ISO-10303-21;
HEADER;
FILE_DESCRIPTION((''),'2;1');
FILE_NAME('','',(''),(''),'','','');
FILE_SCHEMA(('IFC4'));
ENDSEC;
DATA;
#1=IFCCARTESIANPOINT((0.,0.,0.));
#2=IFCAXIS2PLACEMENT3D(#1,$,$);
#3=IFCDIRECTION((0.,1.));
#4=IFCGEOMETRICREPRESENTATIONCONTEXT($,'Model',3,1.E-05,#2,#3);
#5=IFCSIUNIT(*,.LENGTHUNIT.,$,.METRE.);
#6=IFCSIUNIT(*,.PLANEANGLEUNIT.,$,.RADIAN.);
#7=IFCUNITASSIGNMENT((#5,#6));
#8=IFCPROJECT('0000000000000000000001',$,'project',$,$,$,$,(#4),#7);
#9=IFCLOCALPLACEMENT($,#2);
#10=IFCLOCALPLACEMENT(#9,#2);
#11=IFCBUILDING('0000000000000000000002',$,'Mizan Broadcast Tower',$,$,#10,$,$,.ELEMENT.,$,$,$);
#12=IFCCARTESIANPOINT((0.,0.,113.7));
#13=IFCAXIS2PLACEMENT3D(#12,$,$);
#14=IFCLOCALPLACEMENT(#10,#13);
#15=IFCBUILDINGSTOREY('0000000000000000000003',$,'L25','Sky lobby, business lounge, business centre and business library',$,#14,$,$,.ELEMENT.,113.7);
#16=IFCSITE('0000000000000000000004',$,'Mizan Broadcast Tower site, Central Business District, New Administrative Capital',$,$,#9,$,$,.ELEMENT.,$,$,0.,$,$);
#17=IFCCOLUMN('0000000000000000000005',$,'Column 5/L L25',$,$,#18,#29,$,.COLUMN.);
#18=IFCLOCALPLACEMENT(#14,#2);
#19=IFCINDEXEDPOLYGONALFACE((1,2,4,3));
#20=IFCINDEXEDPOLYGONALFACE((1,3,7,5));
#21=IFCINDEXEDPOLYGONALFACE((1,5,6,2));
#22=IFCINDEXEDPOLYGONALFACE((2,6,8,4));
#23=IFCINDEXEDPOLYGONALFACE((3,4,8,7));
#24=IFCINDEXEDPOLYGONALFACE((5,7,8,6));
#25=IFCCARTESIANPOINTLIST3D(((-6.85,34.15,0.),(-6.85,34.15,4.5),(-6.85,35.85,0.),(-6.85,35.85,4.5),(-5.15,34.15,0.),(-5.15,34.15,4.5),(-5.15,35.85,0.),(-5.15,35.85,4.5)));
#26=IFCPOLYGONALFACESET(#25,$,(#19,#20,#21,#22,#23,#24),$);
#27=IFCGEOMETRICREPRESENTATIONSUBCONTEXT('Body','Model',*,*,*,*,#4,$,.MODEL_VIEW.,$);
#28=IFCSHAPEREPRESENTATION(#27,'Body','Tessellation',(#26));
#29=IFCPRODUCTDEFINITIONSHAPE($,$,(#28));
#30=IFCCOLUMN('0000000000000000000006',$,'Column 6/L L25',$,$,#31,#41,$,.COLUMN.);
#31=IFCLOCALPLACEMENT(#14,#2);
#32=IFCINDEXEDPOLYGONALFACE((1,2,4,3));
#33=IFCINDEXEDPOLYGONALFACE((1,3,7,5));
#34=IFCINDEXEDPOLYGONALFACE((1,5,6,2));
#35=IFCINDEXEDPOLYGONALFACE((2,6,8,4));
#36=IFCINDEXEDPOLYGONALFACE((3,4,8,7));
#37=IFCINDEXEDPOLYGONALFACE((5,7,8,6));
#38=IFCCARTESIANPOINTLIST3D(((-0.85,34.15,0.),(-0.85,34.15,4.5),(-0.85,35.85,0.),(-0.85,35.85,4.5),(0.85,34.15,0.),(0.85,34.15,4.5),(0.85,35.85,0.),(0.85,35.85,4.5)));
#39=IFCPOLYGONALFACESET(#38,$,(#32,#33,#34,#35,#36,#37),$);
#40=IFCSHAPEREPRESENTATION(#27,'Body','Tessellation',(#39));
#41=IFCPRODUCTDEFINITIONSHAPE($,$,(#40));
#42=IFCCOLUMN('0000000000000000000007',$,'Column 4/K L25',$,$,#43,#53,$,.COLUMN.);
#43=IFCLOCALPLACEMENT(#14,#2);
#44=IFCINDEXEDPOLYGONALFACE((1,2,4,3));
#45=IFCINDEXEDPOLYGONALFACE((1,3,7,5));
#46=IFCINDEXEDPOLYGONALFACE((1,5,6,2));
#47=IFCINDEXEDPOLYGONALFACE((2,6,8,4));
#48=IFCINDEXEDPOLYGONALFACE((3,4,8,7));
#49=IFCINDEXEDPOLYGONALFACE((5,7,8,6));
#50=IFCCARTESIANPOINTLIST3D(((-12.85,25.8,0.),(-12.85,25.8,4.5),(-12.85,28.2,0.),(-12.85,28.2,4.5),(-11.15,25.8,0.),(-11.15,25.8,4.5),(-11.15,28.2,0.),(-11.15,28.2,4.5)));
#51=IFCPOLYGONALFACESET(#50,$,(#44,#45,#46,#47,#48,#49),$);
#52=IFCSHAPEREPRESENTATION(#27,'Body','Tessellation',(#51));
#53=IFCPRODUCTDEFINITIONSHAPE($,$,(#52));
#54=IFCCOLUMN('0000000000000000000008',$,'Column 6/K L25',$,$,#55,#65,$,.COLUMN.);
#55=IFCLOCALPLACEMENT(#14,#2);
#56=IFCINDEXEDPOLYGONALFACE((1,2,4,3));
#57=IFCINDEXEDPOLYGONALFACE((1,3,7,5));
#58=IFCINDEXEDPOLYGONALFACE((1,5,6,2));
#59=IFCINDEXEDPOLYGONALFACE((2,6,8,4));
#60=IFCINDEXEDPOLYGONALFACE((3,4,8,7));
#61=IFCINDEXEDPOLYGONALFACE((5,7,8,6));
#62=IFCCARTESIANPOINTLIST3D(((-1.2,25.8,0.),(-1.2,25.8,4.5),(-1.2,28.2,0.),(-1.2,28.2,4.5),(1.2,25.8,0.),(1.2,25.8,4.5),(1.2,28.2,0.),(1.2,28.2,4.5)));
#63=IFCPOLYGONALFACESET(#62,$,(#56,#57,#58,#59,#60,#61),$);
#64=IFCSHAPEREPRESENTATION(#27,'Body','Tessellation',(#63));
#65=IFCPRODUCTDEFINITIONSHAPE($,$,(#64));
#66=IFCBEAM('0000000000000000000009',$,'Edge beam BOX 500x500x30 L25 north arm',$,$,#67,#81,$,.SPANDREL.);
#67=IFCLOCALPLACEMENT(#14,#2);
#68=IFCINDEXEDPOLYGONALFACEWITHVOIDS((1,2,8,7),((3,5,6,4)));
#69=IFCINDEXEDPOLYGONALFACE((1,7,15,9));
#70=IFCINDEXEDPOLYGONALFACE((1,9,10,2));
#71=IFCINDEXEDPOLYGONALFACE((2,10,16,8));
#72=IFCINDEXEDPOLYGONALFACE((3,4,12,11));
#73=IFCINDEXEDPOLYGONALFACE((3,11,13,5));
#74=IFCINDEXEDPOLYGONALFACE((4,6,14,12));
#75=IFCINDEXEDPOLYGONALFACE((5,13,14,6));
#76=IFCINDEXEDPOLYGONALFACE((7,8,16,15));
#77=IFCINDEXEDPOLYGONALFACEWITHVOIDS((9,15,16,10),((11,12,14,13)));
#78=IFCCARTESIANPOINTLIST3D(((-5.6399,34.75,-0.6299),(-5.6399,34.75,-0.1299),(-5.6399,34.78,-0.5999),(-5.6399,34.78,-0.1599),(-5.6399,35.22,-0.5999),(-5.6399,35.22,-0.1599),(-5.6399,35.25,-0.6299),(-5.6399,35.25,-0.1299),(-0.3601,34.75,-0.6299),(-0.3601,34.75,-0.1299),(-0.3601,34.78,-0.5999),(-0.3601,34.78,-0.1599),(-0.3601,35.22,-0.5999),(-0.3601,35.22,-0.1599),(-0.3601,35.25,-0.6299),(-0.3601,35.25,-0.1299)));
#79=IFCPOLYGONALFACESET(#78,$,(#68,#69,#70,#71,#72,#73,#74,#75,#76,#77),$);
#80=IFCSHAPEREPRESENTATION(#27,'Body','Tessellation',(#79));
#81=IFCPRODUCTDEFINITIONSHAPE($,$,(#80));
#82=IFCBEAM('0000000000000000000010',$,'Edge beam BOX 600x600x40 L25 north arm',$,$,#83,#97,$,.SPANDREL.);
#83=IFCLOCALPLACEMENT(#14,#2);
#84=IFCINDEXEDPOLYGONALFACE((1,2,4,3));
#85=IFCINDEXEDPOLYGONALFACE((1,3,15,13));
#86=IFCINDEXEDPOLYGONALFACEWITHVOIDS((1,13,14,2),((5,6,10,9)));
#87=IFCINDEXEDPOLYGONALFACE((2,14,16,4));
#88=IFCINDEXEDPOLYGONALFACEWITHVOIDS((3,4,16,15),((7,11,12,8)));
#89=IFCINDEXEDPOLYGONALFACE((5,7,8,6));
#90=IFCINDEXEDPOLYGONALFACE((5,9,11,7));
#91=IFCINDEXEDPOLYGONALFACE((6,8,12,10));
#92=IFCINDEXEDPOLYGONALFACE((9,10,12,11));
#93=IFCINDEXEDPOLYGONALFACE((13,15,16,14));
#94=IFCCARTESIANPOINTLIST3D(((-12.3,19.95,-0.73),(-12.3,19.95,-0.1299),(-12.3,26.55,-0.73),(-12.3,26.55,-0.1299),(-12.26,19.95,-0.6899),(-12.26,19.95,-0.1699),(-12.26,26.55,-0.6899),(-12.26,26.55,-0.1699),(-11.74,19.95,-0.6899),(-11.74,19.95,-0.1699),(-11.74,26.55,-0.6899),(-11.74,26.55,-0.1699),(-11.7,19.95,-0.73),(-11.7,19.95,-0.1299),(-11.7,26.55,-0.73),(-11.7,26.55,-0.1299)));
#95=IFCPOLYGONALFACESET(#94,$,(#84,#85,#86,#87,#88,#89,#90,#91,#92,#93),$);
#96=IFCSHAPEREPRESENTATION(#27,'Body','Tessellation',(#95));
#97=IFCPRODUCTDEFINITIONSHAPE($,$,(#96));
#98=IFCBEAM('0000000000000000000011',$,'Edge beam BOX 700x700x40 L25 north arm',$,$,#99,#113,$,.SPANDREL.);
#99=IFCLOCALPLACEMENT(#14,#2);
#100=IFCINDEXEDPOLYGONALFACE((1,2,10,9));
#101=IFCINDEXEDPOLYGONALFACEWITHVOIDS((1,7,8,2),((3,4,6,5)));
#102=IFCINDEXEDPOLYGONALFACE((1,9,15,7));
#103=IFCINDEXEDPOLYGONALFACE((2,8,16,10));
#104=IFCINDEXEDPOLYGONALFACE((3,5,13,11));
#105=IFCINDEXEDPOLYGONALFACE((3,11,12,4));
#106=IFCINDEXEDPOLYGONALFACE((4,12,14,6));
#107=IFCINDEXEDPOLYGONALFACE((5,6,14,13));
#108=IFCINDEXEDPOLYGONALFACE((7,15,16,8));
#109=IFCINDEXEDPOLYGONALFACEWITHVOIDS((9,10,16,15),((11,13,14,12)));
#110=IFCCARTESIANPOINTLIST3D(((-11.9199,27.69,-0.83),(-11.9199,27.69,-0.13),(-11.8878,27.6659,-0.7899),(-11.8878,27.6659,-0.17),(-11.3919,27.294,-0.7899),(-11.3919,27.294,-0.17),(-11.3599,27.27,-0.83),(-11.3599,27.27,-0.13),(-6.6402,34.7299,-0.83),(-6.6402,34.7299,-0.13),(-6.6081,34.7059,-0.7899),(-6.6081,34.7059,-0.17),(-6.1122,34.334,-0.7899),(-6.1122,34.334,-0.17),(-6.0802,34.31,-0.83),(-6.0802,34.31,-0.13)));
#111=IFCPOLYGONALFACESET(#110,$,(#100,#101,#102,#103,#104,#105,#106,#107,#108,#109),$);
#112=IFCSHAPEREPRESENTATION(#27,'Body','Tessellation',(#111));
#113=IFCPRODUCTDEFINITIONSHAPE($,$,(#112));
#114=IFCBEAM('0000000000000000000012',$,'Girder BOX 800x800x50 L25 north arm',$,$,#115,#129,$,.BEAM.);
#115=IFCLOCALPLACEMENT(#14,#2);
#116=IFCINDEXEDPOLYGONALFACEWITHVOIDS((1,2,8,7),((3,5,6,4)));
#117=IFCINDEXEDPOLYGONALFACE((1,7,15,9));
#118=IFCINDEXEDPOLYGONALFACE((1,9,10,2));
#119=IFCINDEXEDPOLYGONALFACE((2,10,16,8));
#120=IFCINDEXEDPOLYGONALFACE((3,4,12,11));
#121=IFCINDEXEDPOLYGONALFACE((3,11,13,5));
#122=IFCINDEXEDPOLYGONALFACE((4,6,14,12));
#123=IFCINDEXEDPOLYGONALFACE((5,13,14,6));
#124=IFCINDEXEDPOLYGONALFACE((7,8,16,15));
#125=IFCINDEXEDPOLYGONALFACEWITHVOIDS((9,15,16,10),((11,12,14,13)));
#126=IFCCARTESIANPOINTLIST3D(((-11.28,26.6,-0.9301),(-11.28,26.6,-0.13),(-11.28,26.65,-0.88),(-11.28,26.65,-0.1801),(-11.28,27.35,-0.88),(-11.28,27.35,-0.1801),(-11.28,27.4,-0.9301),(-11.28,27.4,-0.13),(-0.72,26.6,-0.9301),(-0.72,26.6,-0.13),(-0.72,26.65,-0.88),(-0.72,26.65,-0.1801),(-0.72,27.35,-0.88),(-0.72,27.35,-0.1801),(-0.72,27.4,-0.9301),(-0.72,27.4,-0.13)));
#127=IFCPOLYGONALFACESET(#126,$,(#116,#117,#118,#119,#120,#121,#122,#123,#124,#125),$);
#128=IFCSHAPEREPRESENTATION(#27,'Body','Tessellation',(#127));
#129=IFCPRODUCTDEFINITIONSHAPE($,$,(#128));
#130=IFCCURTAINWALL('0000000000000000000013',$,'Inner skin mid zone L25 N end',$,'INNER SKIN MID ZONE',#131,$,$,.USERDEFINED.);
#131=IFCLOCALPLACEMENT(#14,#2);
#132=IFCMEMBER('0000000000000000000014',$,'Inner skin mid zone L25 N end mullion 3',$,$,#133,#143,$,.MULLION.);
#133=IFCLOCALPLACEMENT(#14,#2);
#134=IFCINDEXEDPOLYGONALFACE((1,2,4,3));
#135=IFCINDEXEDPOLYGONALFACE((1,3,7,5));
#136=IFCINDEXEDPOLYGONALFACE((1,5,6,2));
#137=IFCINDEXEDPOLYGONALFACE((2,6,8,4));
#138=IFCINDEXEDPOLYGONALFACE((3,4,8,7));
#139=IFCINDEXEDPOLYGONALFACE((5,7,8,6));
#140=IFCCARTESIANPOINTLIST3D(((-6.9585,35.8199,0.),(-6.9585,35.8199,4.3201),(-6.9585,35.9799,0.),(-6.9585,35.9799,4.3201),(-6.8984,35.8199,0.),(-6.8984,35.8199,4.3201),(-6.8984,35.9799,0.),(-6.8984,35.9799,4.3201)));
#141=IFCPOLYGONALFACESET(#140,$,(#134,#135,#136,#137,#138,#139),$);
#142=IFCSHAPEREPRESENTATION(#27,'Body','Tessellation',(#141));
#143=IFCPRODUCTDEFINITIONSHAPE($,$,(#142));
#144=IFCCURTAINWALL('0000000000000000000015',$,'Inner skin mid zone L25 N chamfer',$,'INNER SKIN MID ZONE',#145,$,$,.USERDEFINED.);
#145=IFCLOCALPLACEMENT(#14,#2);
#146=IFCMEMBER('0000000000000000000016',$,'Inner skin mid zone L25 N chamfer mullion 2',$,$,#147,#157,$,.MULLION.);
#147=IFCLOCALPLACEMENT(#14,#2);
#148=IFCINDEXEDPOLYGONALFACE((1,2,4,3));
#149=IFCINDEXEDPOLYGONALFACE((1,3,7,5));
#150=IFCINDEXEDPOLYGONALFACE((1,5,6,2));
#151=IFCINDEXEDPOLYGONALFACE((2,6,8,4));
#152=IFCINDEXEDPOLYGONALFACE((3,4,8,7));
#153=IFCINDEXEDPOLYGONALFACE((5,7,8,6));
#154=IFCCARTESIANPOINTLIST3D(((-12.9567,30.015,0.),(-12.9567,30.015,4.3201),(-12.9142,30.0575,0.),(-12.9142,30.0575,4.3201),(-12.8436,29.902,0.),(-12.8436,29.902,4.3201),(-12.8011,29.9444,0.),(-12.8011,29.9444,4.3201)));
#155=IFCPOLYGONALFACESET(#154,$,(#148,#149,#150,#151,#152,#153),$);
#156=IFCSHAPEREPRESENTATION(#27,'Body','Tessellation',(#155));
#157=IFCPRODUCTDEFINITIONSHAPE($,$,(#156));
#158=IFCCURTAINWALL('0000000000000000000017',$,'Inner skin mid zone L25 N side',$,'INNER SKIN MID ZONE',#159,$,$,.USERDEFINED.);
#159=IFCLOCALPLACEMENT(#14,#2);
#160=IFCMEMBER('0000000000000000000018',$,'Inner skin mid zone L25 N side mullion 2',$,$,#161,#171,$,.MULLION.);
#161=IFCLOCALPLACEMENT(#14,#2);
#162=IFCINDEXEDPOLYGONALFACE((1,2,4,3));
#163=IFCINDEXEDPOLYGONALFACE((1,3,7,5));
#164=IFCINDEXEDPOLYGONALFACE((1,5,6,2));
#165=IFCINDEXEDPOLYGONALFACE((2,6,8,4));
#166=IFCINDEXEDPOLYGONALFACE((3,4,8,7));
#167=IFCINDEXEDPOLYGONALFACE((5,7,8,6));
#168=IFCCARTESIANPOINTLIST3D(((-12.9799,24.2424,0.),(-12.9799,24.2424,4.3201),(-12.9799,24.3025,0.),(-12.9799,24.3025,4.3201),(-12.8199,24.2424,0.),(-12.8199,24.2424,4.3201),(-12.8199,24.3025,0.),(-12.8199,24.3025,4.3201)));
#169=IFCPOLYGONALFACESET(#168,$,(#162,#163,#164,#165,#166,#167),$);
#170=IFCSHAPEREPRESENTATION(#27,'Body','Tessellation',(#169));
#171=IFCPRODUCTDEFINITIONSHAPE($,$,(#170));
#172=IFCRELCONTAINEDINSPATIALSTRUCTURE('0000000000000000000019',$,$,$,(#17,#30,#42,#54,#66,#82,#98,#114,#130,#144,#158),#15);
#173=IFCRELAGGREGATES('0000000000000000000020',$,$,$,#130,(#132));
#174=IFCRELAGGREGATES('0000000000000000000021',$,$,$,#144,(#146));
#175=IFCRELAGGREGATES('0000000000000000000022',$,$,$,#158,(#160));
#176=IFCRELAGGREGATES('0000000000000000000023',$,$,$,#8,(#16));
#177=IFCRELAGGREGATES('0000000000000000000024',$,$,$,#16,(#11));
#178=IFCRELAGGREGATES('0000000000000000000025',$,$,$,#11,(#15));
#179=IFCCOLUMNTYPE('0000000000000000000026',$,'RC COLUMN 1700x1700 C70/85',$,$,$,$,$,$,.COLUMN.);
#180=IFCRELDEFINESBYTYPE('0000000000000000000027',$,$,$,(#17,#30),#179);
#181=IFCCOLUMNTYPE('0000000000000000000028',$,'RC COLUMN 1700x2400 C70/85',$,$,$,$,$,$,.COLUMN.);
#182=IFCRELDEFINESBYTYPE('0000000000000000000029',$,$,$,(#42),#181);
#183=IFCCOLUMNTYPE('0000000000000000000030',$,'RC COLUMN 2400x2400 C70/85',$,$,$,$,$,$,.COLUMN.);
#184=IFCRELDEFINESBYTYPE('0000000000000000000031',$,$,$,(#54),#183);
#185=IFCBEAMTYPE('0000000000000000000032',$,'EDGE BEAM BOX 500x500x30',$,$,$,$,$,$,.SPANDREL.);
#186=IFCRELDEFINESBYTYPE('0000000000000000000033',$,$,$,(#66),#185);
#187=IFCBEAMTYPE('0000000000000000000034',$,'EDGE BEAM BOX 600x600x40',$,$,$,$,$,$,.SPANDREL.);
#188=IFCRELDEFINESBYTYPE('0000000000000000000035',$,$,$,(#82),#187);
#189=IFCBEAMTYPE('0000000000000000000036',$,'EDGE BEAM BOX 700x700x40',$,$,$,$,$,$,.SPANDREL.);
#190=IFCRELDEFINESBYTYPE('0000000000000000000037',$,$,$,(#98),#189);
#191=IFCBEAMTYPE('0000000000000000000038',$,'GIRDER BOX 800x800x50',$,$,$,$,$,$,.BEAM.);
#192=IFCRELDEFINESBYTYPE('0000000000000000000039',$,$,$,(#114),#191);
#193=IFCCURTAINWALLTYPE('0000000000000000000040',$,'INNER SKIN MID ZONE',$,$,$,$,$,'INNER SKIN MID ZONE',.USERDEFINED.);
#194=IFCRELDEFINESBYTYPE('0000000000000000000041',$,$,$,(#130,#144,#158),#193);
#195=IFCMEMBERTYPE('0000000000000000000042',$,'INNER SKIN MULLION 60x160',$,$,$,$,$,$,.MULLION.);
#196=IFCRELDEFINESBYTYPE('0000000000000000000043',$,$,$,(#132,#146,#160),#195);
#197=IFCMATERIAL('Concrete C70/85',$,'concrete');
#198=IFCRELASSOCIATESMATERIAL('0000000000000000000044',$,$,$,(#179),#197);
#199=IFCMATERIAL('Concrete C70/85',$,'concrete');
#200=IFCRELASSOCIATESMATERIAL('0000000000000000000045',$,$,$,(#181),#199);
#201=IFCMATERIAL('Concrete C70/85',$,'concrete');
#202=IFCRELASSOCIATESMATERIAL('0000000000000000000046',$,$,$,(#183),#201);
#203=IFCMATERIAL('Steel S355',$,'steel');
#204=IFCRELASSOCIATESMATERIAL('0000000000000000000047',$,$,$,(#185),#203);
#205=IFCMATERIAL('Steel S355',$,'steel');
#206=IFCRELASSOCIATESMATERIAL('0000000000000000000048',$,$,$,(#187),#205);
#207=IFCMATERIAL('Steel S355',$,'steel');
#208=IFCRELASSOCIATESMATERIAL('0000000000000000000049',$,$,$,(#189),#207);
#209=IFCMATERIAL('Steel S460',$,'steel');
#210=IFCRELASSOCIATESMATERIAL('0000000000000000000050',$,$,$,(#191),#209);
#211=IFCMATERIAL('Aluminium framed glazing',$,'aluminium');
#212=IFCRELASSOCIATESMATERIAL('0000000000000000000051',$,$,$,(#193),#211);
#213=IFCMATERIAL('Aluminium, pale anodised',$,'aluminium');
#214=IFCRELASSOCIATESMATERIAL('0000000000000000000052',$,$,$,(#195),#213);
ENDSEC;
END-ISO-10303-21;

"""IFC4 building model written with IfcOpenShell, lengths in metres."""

from ifc_helpers import new_model, si_unit, direction, frame, origin, origin_2d, place, context, subcontext, project, spatial, rectangle, hollow_rectangle, extrude, material, material_profile, profile_set, type_object, element, aggregate, save


model = new_model("IFC4")

# Units and contexts
model_context = context("Model", 3, precision=1e-05, world=origin(), true_north=direction((0.0, 1.0)))
body_context = subcontext(model_context, "Body", "Model", "MODEL_VIEW")
ifc_project = project(units=[si_unit("LENGTHUNIT", "METRE"), si_unit("PLANEANGLEUNIT", "RADIAN")], contexts=[model_context])

# Site, building, storey
site_placement = place(None, origin())
site = spatial("IfcSite", under=ifc_project, at=site_placement, Name="Mizan Broadcast Tower site, Central Business District, New Administrative Capital", CompositionType="ELEMENT", RefElevation=0.0)
building_placement = place(site_placement, origin())
building = spatial("IfcBuilding", under=site, at=building_placement, Name="Mizan Broadcast Tower", CompositionType="ELEMENT")
storey_placement = place(building_placement, frame((0.0, 0.0, 113.7)))
storey = spatial("IfcBuildingStorey", under=building, at=storey_placement, Name="L25", Description="Sky lobby, business lounge, business centre and business library", CompositionType="ELEMENT", Elevation=113.7)

# Columns
ifc_material_1 = material(Name="Concrete C70/85", Category="concrete")
ifc_material_profile_1 = material_profile(ifc_material_1, rectangle(XDim=1.7, YDim=1.7, at=origin_2d()), Name="RC 1700x1700")
ifc_profile_set_1 = profile_set([ifc_material_profile_1], Name="Concrete C70/85")
column_type_1 = type_object("IfcColumnType", Name="RC COLUMN 1700x1700 C70/85", PredefinedType="COLUMN", material=ifc_profile_set_1)
for number, where, z_axis, x_axis, name in (
    (1, (-6.0, 35.0, 0.0), (0.0, 0.0, 1.0), (1.0, 0.0, 0.0), "Column 5/L L25"),
    (2, (0.0, 35.0, 0.0), (0.0, 0.0, 1.0), (1.0, 0.0, 0.0), "Column 6/L L25"),
):
    element("IfcColumn", number, at=place(storey_placement, frame(where, z_axis=z_axis, x_axis=x_axis)), inside=storey, type_object=column_type_1, Name=name, PredefinedType="COLUMN", context=body_context, shape_type="SweptSolid", body=[
        extrude(rectangle(XDim=1.7, YDim=1.7, at=origin_2d()), origin(), (0.0, 0.0, 1.0), 4.5),
    ])
ifc_material_2 = material(Name="Concrete C70/85", Category="concrete")
ifc_material_profile_2 = material_profile(ifc_material_2, rectangle(XDim=1.7, YDim=2.3999, at=origin_2d()), Name="RC 1700x2400")
ifc_profile_set_2 = profile_set([ifc_material_profile_2], Name="Concrete C70/85")
column_type_2 = type_object("IfcColumnType", Name="RC COLUMN 1700x2400 C70/85", PredefinedType="COLUMN", material=ifc_profile_set_2)
column_1_placement = place(storey_placement, frame((-12.0, 27.0, 0.0), z_axis=(0.0, 0.0, 1.0), x_axis=(1.0, 0.0, 0.0)))
element("IfcColumn", 3, at=column_1_placement, inside=storey, type_object=column_type_2, Name="Column 4/K L25", PredefinedType="COLUMN", context=body_context, shape_type="SweptSolid", body=[
    extrude(rectangle(XDim=1.7, YDim=2.3999, at=origin_2d()), origin(), (0.0, 0.0, 1.0), 4.5),
])
ifc_material_3 = material(Name="Concrete C70/85", Category="concrete")
ifc_material_profile_3 = material_profile(ifc_material_3, rectangle(XDim=2.3999, YDim=2.3999, at=origin_2d()), Name="RC 2400x2400")
ifc_profile_set_3 = profile_set([ifc_material_profile_3], Name="Concrete C70/85")
column_type_3 = type_object("IfcColumnType", Name="RC COLUMN 2400x2400 C70/85", PredefinedType="COLUMN", material=ifc_profile_set_3)
column_2_placement = place(storey_placement, frame((0.0, 27.0, 0.0), z_axis=(0.0, 0.0, 1.0), x_axis=(1.0, 0.0, 0.0)))
element("IfcColumn", 4, at=column_2_placement, inside=storey, type_object=column_type_3, Name="Column 6/K L25", PredefinedType="COLUMN", context=body_context, shape_type="SweptSolid", body=[
    extrude(rectangle(XDim=2.3999, YDim=2.3999, at=origin_2d()), origin(), (0.0, 0.0, 1.0), 4.5),
])

# Beams
ifc_material_4 = material(Name="Steel S355", Category="steel")
ifc_material_profile_4 = material_profile(ifc_material_4, hollow_rectangle(XDim=0.5, YDim=0.5, WallThickness=0.03, at=origin_2d()), Name="BOX 500x500x30")
ifc_profile_set_4 = profile_set([ifc_material_profile_4], Name="Steel S355")
beam_type_1 = type_object("IfcBeamType", Name="EDGE BEAM BOX 500x500x30", PredefinedType="SPANDREL", material=ifc_profile_set_4)
beam_1_placement = place(storey_placement, frame((-5.6399, 35.0, -0.3799), z_axis=(1.0, 0.0, 0.0), x_axis=(0.0, 1.0, 0.0)))
element("IfcBeam", 5, at=beam_1_placement, inside=storey, type_object=beam_type_1, Name="Edge beam BOX 500x500x30 L25 north arm", PredefinedType="SPANDREL", context=body_context, shape_type="SweptSolid", body=[
    extrude(hollow_rectangle(XDim=0.5, YDim=0.5, WallThickness=0.03, at=origin_2d()), origin(), (0.0, 0.0, 1.0), 5.2798),
])
ifc_material_5 = material(Name="Steel S355", Category="steel")
ifc_material_profile_5 = material_profile(ifc_material_5, hollow_rectangle(XDim=0.6001, YDim=0.6001, WallThickness=0.04, at=origin_2d()), Name="BOX 600x600x40")
ifc_profile_set_5 = profile_set([ifc_material_profile_5], Name="Steel S355")
beam_type_2 = type_object("IfcBeamType", Name="EDGE BEAM BOX 600x600x40", PredefinedType="SPANDREL", material=ifc_profile_set_5)
beam_2_placement = place(storey_placement, frame((-12.0, 19.95, -0.4299), z_axis=(0.0, 1.0, 0.0), x_axis=(-1.0, 0.0, 0.0)))
element("IfcBeam", 6, at=beam_2_placement, inside=storey, type_object=beam_type_2, Name="Edge beam BOX 600x600x40 L25 north arm", PredefinedType="SPANDREL", context=body_context, shape_type="SweptSolid", body=[
    extrude(hollow_rectangle(XDim=0.6001, YDim=0.6001, WallThickness=0.04, at=origin_2d()), origin(), (0.0, 0.0, 1.0), 6.6001),
])
ifc_material_6 = material(Name="Steel S355", Category="steel")
ifc_material_profile_6 = material_profile(ifc_material_6, hollow_rectangle(XDim=0.7, YDim=0.7, WallThickness=0.04, at=origin_2d()), Name="BOX 700x700x40")
ifc_profile_set_6 = profile_set([ifc_material_profile_6], Name="Steel S355")
beam_type_3 = type_object("IfcBeamType", Name="EDGE BEAM BOX 700x700x40", PredefinedType="SPANDREL", material=ifc_profile_set_6)
beam_3_placement = place(storey_placement, frame((-11.6399, 27.48, -0.48), z_axis=(0.599982, 0.800013, 0.0), x_axis=(-0.800013, 0.599982, 0.0)))
element("IfcBeam", 7, at=beam_3_placement, inside=storey, type_object=beam_type_3, Name="Edge beam BOX 700x700x40 L25 north arm", PredefinedType="SPANDREL", context=body_context, shape_type="SweptSolid", body=[
    extrude(hollow_rectangle(XDim=0.7, YDim=0.7, WallThickness=0.04, at=origin_2d()), origin(), (0.0, 0.0, 1.0), 8.7998),
])
ifc_material_7 = material(Name="Steel S460", Category="steel")
ifc_material_profile_7 = material_profile(ifc_material_7, hollow_rectangle(XDim=0.8, YDim=0.8, WallThickness=0.05, at=origin_2d()), Name="BOX 800x800x50")
ifc_profile_set_7 = profile_set([ifc_material_profile_7], Name="Steel S460")
beam_type_4 = type_object("IfcBeamType", Name="GIRDER BOX 800x800x50", PredefinedType="BEAM", material=ifc_profile_set_7)
beam_4_placement = place(storey_placement, frame((-11.28, 27.0, -0.53), z_axis=(1.0, 0.0, 0.0), x_axis=(0.0, 1.0, 0.0)))
element("IfcBeam", 8, at=beam_4_placement, inside=storey, type_object=beam_type_4, Name="Girder BOX 800x800x50 L25 north arm", PredefinedType="BEAM", context=body_context, shape_type="SweptSolid", body=[
    extrude(hollow_rectangle(XDim=0.8, YDim=0.8, WallThickness=0.05, at=origin_2d()), origin(), (0.0, 0.0, 1.0), 10.5601),
])

# Curtain walls, members
ifc_material_8 = material(Name="Aluminium framed glazing", Category="aluminium")
curtain_wall_type_1 = type_object("IfcCurtainWallType", Name="INNER SKIN MID ZONE", ElementType="INNER SKIN MID ZONE", PredefinedType="USERDEFINED", material=ifc_material_8)
curtain_wall_1_placement = place(storey_placement, origin())
curtain_wall_1 = element("IfcCurtainWall", 9, at=curtain_wall_1_placement, inside=storey, type_object=curtain_wall_type_1, Name="Inner skin mid zone L25 N end", ObjectType="INNER SKIN MID ZONE", PredefinedType="USERDEFINED")
ifc_material_9 = material(Name="Aluminium, pale anodised", Category="aluminium")
ifc_material_profile_8 = material_profile(ifc_material_9, rectangle(XDim=0.1599, YDim=0.0601, at=origin_2d()), Name="MULLION 160x60")
ifc_profile_set_8 = profile_set([ifc_material_profile_8], Name="Aluminium, pale anodised")
member_type_1 = type_object("IfcMemberType", Name="INNER SKIN MULLION 60x160", PredefinedType="MULLION", material=ifc_profile_set_8)
member_1_placement = place(storey_placement, frame((-6.9285, 35.8999, 0.0), z_axis=(0.0, 0.0, 1.0), x_axis=(0.0, -1.0, 0.0)))
member_1 = element("IfcMember", 10, at=member_1_placement, type_object=member_type_1, Name="Inner skin mid zone L25 N end mullion 3", PredefinedType="MULLION", context=body_context, shape_type="SweptSolid", body=[
    extrude(rectangle(XDim=0.1599, YDim=0.0601, at=origin_2d()), origin(), (0.0, 0.0, 1.0), 4.3201),
])
curtain_wall_2_placement = place(storey_placement, origin())
curtain_wall_2 = element("IfcCurtainWall", 11, at=curtain_wall_2_placement, inside=storey, type_object=curtain_wall_type_1, Name="Inner skin mid zone L25 N chamfer", ObjectType="INNER SKIN MID ZONE", PredefinedType="USERDEFINED")
member_2_placement = place(storey_placement, frame((-12.8789, 29.9797, 0.0), z_axis=(0.0, 0.0, 1.0), x_axis=(0.707107, -0.707107, 0.0)))
member_2 = element("IfcMember", 12, at=member_2_placement, type_object=member_type_1, Name="Inner skin mid zone L25 N chamfer mullion 2", PredefinedType="MULLION", context=body_context, shape_type="SweptSolid", body=[
    extrude(rectangle(XDim=0.1599, YDim=0.0601, at=origin_2d()), origin(), (0.0, 0.0, 1.0), 4.3201),
])
curtain_wall_3_placement = place(storey_placement, origin())
curtain_wall_3 = element("IfcCurtainWall", 13, at=curtain_wall_3_placement, inside=storey, type_object=curtain_wall_type_1, Name="Inner skin mid zone L25 N side", ObjectType="INNER SKIN MID ZONE", PredefinedType="USERDEFINED")
member_3_placement = place(storey_placement, frame((-12.8999, 24.2725, 0.0), z_axis=(0.0, 0.0, 1.0), x_axis=(1.0, 0.0, 0.0)))
member_3 = element("IfcMember", 14, at=member_3_placement, type_object=member_type_1, Name="Inner skin mid zone L25 N side mullion 2", PredefinedType="MULLION", context=body_context, shape_type="SweptSolid", body=[
    extrude(rectangle(XDim=0.1599, YDim=0.0601, at=origin_2d()), origin(), (0.0, 0.0, 1.0), 4.3201),
])

aggregate(curtain_wall_1, [member_1])
aggregate(curtain_wall_2, [member_2])
aggregate(curtain_wall_3, [member_3])

save(model, "model.ifc")
